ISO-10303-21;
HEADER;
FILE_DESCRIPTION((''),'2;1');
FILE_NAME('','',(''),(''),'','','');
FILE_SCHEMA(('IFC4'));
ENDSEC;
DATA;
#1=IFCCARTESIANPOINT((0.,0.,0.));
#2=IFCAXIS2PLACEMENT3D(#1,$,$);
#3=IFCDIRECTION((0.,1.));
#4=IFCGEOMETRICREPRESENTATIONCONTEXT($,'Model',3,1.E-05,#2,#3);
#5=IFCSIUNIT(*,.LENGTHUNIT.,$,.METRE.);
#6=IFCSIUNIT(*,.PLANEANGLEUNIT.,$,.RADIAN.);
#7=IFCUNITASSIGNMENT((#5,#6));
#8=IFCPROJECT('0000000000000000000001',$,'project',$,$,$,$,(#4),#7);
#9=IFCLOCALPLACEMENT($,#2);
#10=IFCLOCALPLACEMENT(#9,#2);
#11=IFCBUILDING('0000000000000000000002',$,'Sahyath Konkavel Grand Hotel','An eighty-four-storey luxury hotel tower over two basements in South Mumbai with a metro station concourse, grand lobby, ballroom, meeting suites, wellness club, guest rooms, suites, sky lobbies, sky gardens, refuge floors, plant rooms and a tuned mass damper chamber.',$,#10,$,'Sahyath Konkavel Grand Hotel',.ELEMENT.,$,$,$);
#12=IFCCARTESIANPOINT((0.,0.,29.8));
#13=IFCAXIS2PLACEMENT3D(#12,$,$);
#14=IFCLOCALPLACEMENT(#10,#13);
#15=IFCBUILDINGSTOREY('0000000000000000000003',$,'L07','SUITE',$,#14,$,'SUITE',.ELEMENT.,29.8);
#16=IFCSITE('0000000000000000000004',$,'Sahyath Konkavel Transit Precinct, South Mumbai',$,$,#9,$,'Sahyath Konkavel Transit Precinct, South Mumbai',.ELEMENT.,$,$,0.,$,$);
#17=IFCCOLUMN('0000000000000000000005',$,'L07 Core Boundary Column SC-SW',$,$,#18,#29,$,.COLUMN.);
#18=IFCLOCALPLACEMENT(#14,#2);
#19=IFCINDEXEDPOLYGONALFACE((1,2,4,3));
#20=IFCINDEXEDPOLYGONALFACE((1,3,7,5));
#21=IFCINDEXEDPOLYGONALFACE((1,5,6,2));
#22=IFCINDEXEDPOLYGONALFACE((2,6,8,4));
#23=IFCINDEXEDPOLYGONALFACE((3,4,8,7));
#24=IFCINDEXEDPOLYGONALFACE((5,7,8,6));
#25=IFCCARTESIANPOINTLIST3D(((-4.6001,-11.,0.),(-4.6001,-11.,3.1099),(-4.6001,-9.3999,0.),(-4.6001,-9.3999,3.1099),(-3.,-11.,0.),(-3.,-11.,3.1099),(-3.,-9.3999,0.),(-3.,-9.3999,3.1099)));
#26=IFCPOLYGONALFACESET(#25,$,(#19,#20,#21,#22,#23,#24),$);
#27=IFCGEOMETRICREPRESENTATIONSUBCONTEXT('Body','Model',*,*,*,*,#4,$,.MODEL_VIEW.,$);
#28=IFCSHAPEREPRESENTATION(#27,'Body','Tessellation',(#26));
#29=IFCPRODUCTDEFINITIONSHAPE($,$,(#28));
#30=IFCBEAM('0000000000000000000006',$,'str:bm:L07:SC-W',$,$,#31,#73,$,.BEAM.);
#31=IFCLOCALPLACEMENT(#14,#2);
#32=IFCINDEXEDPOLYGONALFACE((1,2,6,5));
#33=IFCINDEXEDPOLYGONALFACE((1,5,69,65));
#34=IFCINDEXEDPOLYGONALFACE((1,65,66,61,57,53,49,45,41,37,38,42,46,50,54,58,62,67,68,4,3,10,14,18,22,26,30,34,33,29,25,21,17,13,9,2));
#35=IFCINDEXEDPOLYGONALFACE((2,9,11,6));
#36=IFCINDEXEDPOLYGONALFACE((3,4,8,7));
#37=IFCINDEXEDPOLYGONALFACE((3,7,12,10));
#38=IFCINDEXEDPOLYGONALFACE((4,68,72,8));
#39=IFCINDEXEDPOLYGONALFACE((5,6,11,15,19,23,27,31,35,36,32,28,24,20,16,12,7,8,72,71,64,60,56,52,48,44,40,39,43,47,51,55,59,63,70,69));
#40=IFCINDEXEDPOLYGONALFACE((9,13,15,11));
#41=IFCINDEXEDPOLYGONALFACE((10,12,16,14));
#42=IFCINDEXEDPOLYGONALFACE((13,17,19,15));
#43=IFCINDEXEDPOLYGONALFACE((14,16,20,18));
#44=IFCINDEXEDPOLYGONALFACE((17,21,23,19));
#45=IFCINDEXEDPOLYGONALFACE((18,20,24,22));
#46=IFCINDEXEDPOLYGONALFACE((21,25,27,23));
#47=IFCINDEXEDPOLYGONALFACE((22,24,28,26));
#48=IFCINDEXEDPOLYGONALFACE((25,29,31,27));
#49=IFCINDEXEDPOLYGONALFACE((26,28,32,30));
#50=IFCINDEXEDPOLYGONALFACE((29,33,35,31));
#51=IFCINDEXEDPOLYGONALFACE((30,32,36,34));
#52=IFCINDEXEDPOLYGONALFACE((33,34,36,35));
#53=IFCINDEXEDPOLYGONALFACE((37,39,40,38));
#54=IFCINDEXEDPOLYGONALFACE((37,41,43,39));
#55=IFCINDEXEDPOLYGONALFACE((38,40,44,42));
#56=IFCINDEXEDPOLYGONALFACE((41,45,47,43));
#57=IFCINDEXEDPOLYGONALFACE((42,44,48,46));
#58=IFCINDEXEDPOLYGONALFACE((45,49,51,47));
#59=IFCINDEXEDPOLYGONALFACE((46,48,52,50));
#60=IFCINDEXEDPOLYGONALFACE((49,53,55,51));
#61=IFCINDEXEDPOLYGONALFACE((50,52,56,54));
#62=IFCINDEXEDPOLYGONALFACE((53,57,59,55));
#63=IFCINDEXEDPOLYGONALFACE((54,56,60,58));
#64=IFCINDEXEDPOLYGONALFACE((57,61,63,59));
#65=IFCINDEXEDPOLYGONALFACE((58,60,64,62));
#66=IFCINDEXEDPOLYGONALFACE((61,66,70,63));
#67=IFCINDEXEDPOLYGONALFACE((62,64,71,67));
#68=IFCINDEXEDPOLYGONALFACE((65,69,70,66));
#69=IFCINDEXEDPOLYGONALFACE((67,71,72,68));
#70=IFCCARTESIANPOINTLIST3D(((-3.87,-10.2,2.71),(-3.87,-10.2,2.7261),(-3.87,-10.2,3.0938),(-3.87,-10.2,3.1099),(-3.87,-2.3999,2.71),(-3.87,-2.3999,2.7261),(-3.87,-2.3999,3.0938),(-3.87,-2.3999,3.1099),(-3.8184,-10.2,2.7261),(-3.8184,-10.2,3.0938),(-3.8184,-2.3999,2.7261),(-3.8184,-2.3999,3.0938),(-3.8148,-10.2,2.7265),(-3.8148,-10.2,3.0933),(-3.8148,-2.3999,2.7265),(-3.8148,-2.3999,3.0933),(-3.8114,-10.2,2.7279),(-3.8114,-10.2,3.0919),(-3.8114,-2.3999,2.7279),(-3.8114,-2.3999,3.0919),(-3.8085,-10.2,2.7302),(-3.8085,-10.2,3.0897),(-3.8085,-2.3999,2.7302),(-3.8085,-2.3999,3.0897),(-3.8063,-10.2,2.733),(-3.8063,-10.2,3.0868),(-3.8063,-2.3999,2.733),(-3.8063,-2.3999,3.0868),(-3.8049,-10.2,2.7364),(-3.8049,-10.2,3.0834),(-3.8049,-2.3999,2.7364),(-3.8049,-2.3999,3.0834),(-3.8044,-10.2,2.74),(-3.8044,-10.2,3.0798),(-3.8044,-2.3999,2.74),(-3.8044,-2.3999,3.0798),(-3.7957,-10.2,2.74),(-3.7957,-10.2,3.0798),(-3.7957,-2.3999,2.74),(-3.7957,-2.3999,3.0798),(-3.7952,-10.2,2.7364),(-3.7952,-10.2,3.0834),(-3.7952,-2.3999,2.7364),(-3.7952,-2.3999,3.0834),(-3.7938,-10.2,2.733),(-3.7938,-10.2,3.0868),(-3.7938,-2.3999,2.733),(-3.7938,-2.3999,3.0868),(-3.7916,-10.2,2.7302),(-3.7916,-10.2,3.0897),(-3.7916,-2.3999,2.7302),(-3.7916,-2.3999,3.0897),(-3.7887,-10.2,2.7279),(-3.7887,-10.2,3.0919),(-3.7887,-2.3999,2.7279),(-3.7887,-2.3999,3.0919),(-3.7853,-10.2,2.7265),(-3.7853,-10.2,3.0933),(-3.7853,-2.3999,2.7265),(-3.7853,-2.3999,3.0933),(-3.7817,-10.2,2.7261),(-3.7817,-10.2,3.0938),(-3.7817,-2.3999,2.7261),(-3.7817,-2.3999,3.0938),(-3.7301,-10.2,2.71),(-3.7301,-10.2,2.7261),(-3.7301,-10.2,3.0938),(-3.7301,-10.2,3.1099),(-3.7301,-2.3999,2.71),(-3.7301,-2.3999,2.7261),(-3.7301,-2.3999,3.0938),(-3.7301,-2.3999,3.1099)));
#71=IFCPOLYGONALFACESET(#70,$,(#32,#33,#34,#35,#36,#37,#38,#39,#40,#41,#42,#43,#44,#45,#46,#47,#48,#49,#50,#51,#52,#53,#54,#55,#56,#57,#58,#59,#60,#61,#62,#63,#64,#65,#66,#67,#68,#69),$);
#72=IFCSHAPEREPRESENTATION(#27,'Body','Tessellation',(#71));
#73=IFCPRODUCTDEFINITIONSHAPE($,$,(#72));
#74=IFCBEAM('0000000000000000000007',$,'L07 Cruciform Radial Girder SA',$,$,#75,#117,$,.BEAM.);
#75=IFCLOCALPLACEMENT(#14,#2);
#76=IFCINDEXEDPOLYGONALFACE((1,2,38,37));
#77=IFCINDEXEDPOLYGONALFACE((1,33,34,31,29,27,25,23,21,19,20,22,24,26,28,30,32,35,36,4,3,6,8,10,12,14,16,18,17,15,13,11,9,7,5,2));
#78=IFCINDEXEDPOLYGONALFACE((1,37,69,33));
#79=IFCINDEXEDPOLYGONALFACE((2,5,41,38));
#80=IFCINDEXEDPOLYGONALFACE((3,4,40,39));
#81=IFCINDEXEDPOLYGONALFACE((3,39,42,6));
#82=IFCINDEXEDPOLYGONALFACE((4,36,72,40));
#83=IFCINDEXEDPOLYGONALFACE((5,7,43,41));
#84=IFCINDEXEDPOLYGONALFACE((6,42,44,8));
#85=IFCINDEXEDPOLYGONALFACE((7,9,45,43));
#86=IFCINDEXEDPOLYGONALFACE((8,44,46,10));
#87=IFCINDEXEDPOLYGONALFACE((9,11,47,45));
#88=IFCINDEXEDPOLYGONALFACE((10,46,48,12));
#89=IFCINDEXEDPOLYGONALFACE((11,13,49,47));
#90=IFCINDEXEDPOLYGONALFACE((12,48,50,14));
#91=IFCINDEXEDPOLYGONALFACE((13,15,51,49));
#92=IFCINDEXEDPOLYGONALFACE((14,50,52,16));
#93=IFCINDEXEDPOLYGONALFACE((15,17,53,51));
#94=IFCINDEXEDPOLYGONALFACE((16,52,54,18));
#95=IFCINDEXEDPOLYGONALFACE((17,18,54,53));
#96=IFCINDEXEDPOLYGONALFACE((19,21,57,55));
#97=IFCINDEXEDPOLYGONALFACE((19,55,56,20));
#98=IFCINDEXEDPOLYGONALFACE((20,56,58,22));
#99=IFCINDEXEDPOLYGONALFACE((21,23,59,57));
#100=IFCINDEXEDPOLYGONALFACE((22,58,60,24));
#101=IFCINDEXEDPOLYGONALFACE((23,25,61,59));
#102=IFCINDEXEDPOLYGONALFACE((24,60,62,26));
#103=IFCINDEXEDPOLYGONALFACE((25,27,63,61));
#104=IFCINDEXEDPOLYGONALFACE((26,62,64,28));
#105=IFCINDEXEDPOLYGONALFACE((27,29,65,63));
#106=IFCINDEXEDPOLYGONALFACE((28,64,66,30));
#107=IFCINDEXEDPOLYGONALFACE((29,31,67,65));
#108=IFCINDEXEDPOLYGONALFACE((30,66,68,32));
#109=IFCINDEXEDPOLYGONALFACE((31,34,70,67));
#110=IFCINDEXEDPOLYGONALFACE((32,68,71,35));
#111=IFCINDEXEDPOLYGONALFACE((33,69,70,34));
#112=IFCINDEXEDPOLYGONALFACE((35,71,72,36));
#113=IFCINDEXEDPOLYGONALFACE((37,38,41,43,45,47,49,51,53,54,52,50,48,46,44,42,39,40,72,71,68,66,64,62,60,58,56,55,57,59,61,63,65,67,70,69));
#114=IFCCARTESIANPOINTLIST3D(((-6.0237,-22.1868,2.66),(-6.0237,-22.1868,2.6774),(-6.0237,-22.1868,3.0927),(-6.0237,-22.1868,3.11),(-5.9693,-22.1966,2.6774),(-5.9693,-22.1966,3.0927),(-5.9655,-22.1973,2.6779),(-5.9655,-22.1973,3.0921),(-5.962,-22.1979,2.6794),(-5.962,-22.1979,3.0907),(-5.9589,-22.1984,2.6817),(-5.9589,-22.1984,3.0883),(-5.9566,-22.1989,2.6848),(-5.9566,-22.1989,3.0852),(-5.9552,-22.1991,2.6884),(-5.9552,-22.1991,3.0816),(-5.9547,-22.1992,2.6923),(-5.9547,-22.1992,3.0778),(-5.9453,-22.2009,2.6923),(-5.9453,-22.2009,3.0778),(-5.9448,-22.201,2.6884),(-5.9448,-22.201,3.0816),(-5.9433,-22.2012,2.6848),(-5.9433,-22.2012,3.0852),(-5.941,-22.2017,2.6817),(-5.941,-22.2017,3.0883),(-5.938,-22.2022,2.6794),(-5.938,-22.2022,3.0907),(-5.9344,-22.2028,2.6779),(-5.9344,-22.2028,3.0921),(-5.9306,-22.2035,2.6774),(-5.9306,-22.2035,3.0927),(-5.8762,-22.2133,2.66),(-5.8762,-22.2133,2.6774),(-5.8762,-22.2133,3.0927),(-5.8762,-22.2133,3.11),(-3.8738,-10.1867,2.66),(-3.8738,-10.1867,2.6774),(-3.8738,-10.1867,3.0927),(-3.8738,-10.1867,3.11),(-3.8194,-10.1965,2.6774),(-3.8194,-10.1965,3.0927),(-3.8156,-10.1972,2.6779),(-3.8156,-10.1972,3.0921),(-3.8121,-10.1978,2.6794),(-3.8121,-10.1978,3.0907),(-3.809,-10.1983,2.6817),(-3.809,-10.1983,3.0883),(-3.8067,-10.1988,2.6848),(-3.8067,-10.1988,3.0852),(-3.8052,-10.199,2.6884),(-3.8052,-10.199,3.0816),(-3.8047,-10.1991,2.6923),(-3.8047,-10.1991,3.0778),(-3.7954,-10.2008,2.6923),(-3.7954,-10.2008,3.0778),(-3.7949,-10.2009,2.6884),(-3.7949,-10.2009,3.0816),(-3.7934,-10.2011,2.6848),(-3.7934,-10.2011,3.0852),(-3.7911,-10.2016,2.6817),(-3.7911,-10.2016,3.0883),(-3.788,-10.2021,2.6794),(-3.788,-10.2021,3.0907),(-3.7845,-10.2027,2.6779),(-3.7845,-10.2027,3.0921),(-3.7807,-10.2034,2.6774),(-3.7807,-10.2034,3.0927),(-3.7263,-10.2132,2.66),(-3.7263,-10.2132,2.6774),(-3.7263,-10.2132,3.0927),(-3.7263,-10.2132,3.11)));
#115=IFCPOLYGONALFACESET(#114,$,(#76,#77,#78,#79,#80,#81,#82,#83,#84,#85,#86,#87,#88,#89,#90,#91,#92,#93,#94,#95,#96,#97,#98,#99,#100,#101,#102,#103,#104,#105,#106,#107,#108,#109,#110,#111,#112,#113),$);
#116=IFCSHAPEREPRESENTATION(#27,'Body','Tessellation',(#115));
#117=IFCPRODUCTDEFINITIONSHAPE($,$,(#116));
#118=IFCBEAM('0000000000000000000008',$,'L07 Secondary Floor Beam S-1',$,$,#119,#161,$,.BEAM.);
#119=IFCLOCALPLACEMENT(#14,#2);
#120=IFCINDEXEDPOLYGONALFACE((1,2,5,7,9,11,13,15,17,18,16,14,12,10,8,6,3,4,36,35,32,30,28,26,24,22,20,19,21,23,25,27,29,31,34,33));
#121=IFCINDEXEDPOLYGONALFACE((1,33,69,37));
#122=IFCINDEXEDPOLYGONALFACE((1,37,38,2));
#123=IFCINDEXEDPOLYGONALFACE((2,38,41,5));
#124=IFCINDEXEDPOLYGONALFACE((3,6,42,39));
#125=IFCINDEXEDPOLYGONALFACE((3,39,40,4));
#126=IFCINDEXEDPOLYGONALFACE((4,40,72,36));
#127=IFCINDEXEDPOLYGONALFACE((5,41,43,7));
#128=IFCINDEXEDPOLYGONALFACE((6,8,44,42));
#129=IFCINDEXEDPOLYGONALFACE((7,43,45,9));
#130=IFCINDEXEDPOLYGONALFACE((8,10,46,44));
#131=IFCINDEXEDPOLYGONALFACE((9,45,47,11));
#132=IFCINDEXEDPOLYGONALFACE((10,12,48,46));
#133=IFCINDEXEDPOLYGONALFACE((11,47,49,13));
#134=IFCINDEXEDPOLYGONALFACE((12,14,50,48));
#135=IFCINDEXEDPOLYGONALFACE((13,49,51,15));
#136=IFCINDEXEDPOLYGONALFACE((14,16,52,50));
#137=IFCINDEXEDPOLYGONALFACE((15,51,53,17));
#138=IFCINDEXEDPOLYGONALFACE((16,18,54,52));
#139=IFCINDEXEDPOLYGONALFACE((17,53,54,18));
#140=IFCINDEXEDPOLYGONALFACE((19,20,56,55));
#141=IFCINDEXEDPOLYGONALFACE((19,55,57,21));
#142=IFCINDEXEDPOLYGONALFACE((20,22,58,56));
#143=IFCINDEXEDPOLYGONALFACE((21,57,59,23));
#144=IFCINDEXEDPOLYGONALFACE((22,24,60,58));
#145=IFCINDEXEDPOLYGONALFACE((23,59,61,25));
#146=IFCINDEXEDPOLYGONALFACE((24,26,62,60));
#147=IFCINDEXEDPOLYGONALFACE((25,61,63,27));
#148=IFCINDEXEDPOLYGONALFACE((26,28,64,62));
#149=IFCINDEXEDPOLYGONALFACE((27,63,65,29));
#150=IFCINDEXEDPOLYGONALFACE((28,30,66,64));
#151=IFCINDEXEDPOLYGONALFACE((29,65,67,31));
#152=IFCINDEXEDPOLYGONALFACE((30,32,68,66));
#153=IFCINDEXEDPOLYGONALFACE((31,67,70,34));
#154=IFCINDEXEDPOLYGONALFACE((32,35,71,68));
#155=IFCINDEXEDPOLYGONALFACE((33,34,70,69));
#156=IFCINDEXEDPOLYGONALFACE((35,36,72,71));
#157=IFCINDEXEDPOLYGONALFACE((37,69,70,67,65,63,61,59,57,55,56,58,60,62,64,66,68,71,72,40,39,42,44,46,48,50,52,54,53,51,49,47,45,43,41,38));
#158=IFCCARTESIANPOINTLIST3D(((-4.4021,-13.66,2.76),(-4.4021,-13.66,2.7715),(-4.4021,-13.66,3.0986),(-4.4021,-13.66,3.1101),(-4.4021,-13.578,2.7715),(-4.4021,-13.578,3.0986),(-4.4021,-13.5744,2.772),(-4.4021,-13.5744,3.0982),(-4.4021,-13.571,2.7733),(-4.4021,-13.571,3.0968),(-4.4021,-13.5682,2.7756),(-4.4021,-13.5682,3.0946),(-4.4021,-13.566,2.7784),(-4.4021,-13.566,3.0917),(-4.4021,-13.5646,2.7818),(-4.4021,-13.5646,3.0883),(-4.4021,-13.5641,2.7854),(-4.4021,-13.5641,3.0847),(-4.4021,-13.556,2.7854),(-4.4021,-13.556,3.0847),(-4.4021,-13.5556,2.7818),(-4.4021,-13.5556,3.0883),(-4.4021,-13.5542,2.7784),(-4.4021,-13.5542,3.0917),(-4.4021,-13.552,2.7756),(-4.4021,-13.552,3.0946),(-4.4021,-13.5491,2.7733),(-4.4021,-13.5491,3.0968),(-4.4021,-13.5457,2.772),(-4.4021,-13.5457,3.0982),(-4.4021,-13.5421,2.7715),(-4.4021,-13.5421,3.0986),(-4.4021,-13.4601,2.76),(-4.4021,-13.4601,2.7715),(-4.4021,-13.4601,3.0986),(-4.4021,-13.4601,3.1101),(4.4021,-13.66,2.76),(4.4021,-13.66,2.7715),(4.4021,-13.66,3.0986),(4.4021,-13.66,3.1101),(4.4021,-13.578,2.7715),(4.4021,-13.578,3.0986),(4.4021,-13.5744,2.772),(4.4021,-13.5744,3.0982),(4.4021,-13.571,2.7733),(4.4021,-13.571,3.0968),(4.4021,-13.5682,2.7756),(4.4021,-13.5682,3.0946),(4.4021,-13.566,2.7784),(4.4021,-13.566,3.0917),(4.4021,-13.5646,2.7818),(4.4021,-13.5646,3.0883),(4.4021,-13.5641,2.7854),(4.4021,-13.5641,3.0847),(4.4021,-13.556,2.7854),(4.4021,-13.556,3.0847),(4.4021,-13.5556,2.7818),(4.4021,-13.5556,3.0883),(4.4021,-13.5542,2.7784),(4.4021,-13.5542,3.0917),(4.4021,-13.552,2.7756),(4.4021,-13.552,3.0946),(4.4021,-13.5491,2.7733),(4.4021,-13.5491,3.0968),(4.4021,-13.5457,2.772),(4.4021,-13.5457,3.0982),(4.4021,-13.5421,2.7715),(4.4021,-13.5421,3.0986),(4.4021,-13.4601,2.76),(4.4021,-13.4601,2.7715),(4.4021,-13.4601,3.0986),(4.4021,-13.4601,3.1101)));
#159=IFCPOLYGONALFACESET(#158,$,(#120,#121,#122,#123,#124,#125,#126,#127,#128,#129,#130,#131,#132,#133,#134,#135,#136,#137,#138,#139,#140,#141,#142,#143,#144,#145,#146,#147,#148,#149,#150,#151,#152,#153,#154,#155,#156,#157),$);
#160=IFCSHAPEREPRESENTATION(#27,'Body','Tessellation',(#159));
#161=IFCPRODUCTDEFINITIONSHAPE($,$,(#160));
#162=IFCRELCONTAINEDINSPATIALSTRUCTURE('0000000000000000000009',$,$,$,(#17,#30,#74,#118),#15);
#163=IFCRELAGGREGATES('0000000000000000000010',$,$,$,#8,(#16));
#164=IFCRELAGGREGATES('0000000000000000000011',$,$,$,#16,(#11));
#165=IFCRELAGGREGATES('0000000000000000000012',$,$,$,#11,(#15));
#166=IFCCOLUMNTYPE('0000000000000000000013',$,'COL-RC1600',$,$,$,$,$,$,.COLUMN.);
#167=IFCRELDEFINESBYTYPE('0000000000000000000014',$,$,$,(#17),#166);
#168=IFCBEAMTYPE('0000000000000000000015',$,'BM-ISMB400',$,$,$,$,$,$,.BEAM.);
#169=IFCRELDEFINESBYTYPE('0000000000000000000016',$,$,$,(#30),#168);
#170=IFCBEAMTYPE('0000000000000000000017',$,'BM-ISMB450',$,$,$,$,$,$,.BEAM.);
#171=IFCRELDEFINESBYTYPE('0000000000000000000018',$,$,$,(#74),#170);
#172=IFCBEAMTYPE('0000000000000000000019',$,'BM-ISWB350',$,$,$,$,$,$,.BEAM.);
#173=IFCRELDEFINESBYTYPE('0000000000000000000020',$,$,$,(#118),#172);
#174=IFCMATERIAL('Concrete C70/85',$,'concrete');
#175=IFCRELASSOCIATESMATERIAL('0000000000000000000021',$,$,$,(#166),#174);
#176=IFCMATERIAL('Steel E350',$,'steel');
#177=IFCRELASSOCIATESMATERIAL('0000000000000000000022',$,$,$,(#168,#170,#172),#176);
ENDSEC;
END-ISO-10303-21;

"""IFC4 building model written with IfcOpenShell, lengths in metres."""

from ifc_helpers import new_model, si_unit, direction, frame, origin, origin_2d, place, context, subcontext, project, spatial, rectangle, i_section, extrude, source, transform, mapped, material, material_profile, profile_set, type_object, element, save


model = new_model("IFC4")

# Units and contexts
model_context = context("Model", 3, precision=1e-05, world=origin(), true_north=direction((0.0, 1.0)))
body_context = subcontext(model_context, "Body", "Model", "MODEL_VIEW")
ifc_project = project(units=[si_unit("LENGTHUNIT", "METRE"), si_unit("PLANEANGLEUNIT", "RADIAN")], contexts=[model_context])

# Site, building, storey
site_placement = place(None, origin())
site = spatial("IfcSite", under=ifc_project, at=site_placement, Name="Sahyath Konkavel Transit Precinct, South Mumbai", LongName="Sahyath Konkavel Transit Precinct, South Mumbai", CompositionType="ELEMENT", RefElevation=0.0)
building_placement = place(site_placement, origin())
building = spatial("IfcBuilding", under=site, at=building_placement, Name="Sahyath Konkavel Grand Hotel", Description="An eighty-four-storey luxury hotel tower over two basements in South Mumbai with a metro station concourse, grand lobby, ballroom, meeting suites, wellness club, guest rooms, suites, sky lobbies, sky gardens, refuge floors, plant rooms and a tuned mass damper chamber.", LongName="Sahyath Konkavel Grand Hotel", CompositionType="ELEMENT")
storey_placement = place(building_placement, frame((0.0, 0.0, 29.8)))
storey = spatial("IfcBuildingStorey", under=building, at=storey_placement, Name="L07", Description="SUITE", LongName="SUITE", CompositionType="ELEMENT", Elevation=29.8)

# Column
ifc_material_1 = material(Name="Concrete C70/85", Category="concrete")
ifc_material_profile_1 = material_profile(ifc_material_1, rectangle(XDim=1.6001, YDim=1.6001, at=origin_2d()), Name="RC 1600x1600")
ifc_profile_set_1 = profile_set([ifc_material_profile_1], Name="Concrete C70/85")
column_type = type_object("IfcColumnType", Name="COL-RC1600", PredefinedType="COLUMN", material=ifc_profile_set_1)
shared_shape_1 = source(origin(), body_context, "Body", "SweptSolid", [
    extrude(rectangle(XDim=1.6001, YDim=1.6001, at=origin_2d()), origin(), (0.0, 0.0, 1.0), 3.1099),
])
column_placement = place(storey_placement, frame((-3.8, -10.2, 0.0), z_axis=(0.0, 0.0, 1.0), x_axis=(1.0, 0.0, 0.0)))
element("IfcColumn", 1, at=column_placement, inside=storey, type_object=column_type, Name="L07 Core Boundary Column SC-SW", PredefinedType="COLUMN", context=body_context, shape_type="MappedRepresentation", body=[
    mapped(shared_shape_1, transform((0.0, 0.0, 0.0), scale=1.0)),
])

# Beams
ifc_material_2 = material(Name="Steel E350", Category="steel")
ifc_material_profile_2 = material_profile(ifc_material_2, i_section(OverallWidth=0.1399, OverallDepth=0.3999, WebThickness=0.0088, FlangeThickness=0.0161, FilletRadius=0.0139, at=origin_2d()), Name="ISMB 400")
ifc_profile_set_2 = profile_set([ifc_material_profile_2], Name="Steel E350")
beam_type_1 = type_object("IfcBeamType", Name="BM-ISMB400", PredefinedType="BEAM", material=ifc_profile_set_2)
shared_shape_2 = source(origin(), body_context, "Body", "SweptSolid", [
    extrude(i_section(OverallWidth=0.1399, OverallDepth=0.3999, WebThickness=0.0088, FlangeThickness=0.0161, FilletRadius=0.0139, at=origin_2d()), origin(), (0.0, 0.0, 1.0), 7.8),
])
beam_1_placement = place(storey_placement, frame((-3.8, -10.2, 2.9099), z_axis=(0.0, 1.0, 0.0), x_axis=(-1.0, 0.0, 0.0)))
element("IfcBeam", 2, at=beam_1_placement, inside=storey, type_object=beam_type_1, Name="str:bm:L07:SC-W", PredefinedType="BEAM", context=body_context, shape_type="MappedRepresentation", body=[
    mapped(shared_shape_2, transform((0.0, 0.0, 0.0), scale=1.0)),
])
ifc_material_profile_3 = material_profile(ifc_material_2, i_section(OverallWidth=0.1499, OverallDepth=0.45, WebThickness=0.0095, FlangeThickness=0.0173, FilletRadius=0.0149, at=origin_2d()), Name="ISMB 450")
ifc_profile_set_3 = profile_set([ifc_material_profile_3], Name="Steel E350")
beam_type_2 = type_object("IfcBeamType", Name="BM-ISMB450", PredefinedType="BEAM", material=ifc_profile_set_3)
shared_shape_3 = source(origin(), body_context, "Body", "SweptSolid", [
    extrude(i_section(OverallWidth=0.1499, OverallDepth=0.45, WebThickness=0.0095, FlangeThickness=0.0173, FilletRadius=0.0149, at=origin_2d()), origin(), (0.0, 0.0, 1.0), 12.1912),
])
beam_2_placement = place(storey_placement, frame((-3.8, -10.2, 2.885), z_axis=(-0.176351, -0.984327, 0.0), x_axis=(0.984327, -0.176351, 0.0)))
element("IfcBeam", 3, at=beam_2_placement, inside=storey, type_object=beam_type_2, Name="L07 Cruciform Radial Girder SA", PredefinedType="BEAM", context=body_context, shape_type="MappedRepresentation", body=[
    mapped(shared_shape_3, transform((0.0, 0.0, 0.0), scale=1.0)),
])
ifc_material_profile_4 = material_profile(ifc_material_2, i_section(OverallWidth=0.2, OverallDepth=0.3501, WebThickness=0.0081, FlangeThickness=0.0115, FilletRadius=0.0139, at=origin_2d()), Name="ISWB 350")
ifc_profile_set_4 = profile_set([ifc_material_profile_4], Name="Steel E350")
beam_type_3 = type_object("IfcBeamType", Name="BM-ISWB350", PredefinedType="BEAM", material=ifc_profile_set_4)
shared_shape_4 = source(origin(), body_context, "Body", "SweptSolid", [
    extrude(i_section(OverallWidth=0.2, OverallDepth=0.3501, WebThickness=0.0081, FlangeThickness=0.0115, FilletRadius=0.0139, at=origin_2d()), origin(), (0.0, 0.0, 1.0), 8.8042),
])
beam_3_placement = place(storey_placement, frame((-4.4021, -13.5601, 2.9351), z_axis=(1.0, 0.0, 0.0), x_axis=(0.0, 1.0, 0.0)))
element("IfcBeam", 4, at=beam_3_placement, inside=storey, type_object=beam_type_3, Name="L07 Secondary Floor Beam S-1", PredefinedType="BEAM", context=body_context, shape_type="MappedRepresentation", body=[
    mapped(shared_shape_4, transform((0.0, 0.0, 0.0), scale=1.0)),
])

save(model, "model.ifc")
